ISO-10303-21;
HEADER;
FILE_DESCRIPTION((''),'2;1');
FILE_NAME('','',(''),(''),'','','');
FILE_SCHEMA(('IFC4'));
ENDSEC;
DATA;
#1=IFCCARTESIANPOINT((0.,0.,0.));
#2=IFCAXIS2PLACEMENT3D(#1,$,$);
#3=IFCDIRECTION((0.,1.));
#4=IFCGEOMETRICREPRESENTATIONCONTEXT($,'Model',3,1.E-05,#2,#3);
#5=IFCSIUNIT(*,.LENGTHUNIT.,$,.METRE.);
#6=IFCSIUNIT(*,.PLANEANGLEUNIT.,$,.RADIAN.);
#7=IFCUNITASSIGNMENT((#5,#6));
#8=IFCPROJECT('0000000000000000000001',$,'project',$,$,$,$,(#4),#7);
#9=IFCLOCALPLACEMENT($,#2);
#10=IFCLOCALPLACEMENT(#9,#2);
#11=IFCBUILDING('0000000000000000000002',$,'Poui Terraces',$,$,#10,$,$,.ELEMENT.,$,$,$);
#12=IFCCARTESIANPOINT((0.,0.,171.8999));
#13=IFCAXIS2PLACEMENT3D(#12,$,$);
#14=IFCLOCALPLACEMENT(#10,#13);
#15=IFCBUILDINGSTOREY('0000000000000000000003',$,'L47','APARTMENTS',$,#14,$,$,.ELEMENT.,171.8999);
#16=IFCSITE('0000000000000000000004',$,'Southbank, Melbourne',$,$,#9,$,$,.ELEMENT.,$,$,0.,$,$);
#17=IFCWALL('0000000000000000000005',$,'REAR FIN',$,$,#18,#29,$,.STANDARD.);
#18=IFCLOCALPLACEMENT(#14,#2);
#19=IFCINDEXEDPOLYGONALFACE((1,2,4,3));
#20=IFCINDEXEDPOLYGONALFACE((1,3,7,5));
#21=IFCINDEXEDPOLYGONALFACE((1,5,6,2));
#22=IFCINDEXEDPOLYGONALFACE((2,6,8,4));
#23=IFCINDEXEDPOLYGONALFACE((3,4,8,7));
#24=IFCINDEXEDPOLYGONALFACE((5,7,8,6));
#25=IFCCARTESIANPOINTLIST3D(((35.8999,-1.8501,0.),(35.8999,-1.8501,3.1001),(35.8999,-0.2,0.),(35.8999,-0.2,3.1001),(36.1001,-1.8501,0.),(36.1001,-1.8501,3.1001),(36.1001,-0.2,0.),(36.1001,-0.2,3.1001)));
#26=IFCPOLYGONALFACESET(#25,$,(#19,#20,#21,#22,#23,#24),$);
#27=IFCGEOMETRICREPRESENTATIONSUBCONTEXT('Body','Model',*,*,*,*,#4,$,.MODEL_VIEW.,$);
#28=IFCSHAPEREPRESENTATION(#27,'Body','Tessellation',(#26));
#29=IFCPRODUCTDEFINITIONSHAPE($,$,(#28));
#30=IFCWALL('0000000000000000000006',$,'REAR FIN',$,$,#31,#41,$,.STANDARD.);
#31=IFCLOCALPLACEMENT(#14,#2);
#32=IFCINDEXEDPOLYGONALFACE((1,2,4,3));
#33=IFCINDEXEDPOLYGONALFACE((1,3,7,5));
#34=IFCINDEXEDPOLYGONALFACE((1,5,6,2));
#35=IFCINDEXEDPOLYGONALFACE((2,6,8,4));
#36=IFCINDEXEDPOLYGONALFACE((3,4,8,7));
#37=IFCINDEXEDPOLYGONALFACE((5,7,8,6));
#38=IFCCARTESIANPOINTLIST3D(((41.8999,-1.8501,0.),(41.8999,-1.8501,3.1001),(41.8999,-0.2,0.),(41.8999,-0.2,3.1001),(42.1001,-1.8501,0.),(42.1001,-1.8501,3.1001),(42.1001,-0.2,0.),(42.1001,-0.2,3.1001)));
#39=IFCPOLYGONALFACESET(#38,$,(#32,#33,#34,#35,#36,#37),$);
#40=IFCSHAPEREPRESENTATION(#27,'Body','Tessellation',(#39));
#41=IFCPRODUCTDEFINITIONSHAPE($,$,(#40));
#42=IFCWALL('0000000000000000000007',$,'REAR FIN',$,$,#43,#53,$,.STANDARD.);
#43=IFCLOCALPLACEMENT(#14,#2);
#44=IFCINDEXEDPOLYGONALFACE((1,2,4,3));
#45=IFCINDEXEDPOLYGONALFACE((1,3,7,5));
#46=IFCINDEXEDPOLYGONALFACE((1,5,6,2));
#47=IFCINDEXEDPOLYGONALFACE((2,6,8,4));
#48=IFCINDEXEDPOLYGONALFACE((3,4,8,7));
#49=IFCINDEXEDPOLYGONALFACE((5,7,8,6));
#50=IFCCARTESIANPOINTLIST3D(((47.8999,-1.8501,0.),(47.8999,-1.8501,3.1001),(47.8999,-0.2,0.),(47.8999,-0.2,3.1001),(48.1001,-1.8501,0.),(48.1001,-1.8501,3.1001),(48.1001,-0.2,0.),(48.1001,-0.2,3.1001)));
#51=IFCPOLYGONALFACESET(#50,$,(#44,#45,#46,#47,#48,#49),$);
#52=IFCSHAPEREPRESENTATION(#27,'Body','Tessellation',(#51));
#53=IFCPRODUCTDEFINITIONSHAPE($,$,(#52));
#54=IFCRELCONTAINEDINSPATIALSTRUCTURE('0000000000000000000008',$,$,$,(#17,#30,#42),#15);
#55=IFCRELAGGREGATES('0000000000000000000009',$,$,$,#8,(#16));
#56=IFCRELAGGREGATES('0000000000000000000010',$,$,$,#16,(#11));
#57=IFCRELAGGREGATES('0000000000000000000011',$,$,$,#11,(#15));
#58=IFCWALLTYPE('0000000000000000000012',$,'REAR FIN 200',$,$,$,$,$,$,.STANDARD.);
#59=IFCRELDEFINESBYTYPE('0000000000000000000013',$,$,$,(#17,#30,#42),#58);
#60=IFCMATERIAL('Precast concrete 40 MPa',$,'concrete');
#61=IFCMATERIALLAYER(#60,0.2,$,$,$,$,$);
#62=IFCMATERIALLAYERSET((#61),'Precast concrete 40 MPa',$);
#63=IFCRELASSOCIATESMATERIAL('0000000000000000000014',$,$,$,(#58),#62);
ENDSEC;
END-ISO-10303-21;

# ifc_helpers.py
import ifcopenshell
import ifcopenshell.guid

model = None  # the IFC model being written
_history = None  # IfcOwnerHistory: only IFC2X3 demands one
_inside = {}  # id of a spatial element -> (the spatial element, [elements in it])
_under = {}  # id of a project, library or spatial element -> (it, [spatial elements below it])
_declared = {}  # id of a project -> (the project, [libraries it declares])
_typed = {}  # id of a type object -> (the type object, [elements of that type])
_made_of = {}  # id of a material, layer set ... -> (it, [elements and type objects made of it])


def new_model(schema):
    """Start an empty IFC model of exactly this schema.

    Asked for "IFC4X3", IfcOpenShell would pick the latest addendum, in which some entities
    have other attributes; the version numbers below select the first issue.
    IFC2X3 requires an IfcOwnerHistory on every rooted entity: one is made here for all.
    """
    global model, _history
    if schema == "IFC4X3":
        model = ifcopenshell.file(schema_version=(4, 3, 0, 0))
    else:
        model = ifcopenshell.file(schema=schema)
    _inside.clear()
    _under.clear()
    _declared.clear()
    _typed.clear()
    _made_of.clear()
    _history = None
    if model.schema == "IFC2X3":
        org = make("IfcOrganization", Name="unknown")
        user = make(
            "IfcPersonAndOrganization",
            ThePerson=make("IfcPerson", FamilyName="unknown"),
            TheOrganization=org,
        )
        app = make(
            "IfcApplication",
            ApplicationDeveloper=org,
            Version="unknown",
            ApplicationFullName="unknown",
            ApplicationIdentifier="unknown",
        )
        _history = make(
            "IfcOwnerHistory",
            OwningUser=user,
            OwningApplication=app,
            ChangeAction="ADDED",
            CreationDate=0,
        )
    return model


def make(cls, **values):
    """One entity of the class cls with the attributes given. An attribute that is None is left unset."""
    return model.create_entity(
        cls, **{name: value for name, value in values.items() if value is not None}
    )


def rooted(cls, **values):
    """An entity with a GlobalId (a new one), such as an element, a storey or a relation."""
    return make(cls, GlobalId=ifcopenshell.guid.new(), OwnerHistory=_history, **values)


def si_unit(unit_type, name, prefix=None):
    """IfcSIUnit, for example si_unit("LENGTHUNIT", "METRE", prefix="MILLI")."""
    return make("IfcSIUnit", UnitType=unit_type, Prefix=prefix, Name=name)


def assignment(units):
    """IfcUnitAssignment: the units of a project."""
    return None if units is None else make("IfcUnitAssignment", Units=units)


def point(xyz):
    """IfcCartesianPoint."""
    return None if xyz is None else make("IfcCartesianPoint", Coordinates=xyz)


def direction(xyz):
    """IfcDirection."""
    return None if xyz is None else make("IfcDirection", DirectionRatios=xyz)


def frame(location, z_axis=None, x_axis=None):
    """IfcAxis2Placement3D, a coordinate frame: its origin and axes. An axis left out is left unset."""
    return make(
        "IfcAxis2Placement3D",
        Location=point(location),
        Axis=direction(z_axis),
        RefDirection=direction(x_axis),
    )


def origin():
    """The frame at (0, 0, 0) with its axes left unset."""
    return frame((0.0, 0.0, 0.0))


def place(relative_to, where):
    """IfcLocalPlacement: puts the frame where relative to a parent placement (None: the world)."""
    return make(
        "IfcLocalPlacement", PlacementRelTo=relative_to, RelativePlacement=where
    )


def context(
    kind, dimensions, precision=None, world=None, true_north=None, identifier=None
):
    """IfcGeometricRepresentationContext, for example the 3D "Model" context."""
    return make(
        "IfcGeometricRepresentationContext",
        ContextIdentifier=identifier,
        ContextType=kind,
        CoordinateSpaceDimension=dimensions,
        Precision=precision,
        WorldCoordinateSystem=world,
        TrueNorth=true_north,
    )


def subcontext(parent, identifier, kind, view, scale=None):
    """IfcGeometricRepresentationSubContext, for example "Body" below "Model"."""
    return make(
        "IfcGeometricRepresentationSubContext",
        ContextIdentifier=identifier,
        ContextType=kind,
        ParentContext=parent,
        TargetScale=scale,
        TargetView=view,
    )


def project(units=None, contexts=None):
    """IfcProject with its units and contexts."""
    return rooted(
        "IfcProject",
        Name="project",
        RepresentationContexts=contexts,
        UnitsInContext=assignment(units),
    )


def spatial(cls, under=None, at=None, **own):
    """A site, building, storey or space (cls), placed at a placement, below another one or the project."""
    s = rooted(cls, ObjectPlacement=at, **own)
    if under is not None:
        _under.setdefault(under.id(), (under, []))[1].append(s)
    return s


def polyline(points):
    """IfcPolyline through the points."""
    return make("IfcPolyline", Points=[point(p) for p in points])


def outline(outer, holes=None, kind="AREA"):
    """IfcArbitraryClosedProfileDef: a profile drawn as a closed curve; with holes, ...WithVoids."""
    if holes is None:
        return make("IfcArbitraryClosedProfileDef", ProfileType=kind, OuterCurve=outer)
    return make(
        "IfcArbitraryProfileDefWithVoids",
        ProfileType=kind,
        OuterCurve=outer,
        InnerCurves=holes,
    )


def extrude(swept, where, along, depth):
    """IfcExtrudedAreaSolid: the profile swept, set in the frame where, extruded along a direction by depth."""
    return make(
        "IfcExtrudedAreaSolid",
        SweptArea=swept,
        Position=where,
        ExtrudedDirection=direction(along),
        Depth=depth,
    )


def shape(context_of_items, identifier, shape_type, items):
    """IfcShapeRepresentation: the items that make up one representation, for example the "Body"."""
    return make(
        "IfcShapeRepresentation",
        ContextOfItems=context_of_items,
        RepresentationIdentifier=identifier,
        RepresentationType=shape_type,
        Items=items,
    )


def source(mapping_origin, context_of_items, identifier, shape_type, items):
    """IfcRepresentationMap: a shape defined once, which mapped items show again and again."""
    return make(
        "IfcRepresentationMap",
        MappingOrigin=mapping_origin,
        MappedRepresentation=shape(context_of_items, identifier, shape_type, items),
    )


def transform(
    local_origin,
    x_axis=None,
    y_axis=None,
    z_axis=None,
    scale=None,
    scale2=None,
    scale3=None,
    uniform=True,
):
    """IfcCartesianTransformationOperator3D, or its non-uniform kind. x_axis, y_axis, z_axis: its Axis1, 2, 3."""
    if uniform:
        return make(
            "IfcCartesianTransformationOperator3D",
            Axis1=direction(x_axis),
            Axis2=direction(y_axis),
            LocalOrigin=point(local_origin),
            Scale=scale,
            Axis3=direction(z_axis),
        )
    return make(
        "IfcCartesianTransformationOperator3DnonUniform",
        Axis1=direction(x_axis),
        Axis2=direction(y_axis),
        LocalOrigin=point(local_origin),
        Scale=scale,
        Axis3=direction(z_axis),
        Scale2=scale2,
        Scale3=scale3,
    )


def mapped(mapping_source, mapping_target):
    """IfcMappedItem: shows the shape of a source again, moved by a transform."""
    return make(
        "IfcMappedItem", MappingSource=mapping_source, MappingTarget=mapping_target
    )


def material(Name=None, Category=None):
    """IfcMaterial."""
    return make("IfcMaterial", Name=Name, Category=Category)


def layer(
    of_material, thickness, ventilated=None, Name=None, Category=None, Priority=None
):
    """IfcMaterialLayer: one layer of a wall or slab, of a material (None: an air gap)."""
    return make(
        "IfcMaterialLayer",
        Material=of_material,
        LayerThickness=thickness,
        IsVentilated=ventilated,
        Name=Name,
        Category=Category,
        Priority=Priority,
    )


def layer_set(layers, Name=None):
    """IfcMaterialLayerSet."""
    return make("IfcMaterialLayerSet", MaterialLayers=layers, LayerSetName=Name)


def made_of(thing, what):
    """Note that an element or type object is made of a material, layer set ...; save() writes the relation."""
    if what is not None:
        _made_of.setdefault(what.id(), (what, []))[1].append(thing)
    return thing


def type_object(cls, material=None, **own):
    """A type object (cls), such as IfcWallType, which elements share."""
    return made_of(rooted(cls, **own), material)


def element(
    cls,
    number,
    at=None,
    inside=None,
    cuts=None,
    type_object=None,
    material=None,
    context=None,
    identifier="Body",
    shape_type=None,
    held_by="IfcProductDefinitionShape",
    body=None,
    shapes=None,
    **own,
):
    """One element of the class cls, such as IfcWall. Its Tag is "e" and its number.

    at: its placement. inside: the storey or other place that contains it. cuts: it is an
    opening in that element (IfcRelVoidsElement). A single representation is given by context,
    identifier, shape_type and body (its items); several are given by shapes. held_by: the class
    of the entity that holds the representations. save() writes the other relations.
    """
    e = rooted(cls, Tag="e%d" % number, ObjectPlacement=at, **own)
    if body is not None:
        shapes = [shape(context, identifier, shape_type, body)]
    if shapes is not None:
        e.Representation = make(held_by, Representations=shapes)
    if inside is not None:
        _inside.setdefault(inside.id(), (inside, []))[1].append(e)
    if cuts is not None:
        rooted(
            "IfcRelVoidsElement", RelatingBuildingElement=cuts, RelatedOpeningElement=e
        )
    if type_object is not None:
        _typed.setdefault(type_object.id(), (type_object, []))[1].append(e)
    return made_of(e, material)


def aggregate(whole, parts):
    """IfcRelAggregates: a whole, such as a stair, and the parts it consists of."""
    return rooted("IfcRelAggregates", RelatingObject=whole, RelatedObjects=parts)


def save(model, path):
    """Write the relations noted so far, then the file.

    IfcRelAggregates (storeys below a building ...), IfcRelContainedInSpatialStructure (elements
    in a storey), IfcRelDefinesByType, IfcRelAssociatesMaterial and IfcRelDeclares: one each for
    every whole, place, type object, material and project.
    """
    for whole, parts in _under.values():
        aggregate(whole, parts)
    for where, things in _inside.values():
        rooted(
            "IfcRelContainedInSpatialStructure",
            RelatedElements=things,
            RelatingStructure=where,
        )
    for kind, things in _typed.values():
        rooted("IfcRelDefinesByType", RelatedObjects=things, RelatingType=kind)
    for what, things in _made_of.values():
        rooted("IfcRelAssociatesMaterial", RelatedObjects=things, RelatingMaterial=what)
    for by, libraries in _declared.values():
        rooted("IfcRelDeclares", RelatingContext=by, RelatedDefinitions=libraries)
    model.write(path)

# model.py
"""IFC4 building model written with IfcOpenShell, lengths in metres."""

from ifc_helpers import new_model, si_unit, direction, frame, origin, place, context, subcontext, project, spatial, polyline, outline, extrude, source, transform, mapped, material, layer, layer_set, type_object, element, save


model = new_model("IFC4")

# Units and contexts
model_context = context("Model", 3, precision=1e-05, world=origin(), true_north=direction((0.0, 1.0)))
body_context = subcontext(model_context, "Body", "Model", "MODEL_VIEW")
ifc_project = project(units=[si_unit("LENGTHUNIT", "METRE"), si_unit("PLANEANGLEUNIT", "RADIAN")], contexts=[model_context])

# Site, building, storey
site_placement = place(None, origin())
site = spatial("IfcSite", under=ifc_project, at=site_placement, Name="Southbank, Melbourne", CompositionType="ELEMENT", RefElevation=0.0)
building_placement = place(site_placement, origin())
building = spatial("IfcBuilding", under=site, at=building_placement, Name="Poui Terraces", CompositionType="ELEMENT")
storey_placement = place(building_placement, frame((0.0, 0.0, 171.8999)))
storey = spatial("IfcBuildingStorey", under=building, at=storey_placement, Name="L47", Description="APARTMENTS", CompositionType="ELEMENT", Elevation=171.8999)

# Shared definitions
ifc_material_1 = material(Name="Precast concrete 40 MPa", Category="concrete")

# Walls
ifc_layer_1 = layer(ifc_material_1, 0.2)
ifc_layer_set_1 = layer_set([ifc_layer_1], Name="Precast concrete 40 MPa")
wall_type_1 = type_object("IfcWallType", Name="REAR FIN 200", PredefinedType="STANDARD", material=ifc_layer_set_1)
shared_shape_1 = source(origin(), body_context, "Body", "SweptSolid", [
    extrude(outline(polyline([(0.0, 0.0), (0.2002, 0.0), (0.2002, 1.6501), (0.0, 1.6501), (0.0, 0.0)])), origin(), (0.0, 0.0, 1.0), 3.1001),
])
for number, where, name in (
    (1, (35.8999, -1.8501, 0.0), "REAR FIN"),
    (2, (41.8999, -1.8501, 0.0), "REAR FIN"),
    (3, (47.8999, -1.8501, 0.0), "REAR FIN"),
):
    element("IfcWall", number, at=place(storey_placement, frame(where)), inside=storey, type_object=wall_type_1, Name=name, PredefinedType="STANDARD", context=body_context, shape_type="MappedRepresentation", body=[
        mapped(shared_shape_1, transform((0.0, 0.0, 0.0))),
    ])

save(model, "model.ifc")
